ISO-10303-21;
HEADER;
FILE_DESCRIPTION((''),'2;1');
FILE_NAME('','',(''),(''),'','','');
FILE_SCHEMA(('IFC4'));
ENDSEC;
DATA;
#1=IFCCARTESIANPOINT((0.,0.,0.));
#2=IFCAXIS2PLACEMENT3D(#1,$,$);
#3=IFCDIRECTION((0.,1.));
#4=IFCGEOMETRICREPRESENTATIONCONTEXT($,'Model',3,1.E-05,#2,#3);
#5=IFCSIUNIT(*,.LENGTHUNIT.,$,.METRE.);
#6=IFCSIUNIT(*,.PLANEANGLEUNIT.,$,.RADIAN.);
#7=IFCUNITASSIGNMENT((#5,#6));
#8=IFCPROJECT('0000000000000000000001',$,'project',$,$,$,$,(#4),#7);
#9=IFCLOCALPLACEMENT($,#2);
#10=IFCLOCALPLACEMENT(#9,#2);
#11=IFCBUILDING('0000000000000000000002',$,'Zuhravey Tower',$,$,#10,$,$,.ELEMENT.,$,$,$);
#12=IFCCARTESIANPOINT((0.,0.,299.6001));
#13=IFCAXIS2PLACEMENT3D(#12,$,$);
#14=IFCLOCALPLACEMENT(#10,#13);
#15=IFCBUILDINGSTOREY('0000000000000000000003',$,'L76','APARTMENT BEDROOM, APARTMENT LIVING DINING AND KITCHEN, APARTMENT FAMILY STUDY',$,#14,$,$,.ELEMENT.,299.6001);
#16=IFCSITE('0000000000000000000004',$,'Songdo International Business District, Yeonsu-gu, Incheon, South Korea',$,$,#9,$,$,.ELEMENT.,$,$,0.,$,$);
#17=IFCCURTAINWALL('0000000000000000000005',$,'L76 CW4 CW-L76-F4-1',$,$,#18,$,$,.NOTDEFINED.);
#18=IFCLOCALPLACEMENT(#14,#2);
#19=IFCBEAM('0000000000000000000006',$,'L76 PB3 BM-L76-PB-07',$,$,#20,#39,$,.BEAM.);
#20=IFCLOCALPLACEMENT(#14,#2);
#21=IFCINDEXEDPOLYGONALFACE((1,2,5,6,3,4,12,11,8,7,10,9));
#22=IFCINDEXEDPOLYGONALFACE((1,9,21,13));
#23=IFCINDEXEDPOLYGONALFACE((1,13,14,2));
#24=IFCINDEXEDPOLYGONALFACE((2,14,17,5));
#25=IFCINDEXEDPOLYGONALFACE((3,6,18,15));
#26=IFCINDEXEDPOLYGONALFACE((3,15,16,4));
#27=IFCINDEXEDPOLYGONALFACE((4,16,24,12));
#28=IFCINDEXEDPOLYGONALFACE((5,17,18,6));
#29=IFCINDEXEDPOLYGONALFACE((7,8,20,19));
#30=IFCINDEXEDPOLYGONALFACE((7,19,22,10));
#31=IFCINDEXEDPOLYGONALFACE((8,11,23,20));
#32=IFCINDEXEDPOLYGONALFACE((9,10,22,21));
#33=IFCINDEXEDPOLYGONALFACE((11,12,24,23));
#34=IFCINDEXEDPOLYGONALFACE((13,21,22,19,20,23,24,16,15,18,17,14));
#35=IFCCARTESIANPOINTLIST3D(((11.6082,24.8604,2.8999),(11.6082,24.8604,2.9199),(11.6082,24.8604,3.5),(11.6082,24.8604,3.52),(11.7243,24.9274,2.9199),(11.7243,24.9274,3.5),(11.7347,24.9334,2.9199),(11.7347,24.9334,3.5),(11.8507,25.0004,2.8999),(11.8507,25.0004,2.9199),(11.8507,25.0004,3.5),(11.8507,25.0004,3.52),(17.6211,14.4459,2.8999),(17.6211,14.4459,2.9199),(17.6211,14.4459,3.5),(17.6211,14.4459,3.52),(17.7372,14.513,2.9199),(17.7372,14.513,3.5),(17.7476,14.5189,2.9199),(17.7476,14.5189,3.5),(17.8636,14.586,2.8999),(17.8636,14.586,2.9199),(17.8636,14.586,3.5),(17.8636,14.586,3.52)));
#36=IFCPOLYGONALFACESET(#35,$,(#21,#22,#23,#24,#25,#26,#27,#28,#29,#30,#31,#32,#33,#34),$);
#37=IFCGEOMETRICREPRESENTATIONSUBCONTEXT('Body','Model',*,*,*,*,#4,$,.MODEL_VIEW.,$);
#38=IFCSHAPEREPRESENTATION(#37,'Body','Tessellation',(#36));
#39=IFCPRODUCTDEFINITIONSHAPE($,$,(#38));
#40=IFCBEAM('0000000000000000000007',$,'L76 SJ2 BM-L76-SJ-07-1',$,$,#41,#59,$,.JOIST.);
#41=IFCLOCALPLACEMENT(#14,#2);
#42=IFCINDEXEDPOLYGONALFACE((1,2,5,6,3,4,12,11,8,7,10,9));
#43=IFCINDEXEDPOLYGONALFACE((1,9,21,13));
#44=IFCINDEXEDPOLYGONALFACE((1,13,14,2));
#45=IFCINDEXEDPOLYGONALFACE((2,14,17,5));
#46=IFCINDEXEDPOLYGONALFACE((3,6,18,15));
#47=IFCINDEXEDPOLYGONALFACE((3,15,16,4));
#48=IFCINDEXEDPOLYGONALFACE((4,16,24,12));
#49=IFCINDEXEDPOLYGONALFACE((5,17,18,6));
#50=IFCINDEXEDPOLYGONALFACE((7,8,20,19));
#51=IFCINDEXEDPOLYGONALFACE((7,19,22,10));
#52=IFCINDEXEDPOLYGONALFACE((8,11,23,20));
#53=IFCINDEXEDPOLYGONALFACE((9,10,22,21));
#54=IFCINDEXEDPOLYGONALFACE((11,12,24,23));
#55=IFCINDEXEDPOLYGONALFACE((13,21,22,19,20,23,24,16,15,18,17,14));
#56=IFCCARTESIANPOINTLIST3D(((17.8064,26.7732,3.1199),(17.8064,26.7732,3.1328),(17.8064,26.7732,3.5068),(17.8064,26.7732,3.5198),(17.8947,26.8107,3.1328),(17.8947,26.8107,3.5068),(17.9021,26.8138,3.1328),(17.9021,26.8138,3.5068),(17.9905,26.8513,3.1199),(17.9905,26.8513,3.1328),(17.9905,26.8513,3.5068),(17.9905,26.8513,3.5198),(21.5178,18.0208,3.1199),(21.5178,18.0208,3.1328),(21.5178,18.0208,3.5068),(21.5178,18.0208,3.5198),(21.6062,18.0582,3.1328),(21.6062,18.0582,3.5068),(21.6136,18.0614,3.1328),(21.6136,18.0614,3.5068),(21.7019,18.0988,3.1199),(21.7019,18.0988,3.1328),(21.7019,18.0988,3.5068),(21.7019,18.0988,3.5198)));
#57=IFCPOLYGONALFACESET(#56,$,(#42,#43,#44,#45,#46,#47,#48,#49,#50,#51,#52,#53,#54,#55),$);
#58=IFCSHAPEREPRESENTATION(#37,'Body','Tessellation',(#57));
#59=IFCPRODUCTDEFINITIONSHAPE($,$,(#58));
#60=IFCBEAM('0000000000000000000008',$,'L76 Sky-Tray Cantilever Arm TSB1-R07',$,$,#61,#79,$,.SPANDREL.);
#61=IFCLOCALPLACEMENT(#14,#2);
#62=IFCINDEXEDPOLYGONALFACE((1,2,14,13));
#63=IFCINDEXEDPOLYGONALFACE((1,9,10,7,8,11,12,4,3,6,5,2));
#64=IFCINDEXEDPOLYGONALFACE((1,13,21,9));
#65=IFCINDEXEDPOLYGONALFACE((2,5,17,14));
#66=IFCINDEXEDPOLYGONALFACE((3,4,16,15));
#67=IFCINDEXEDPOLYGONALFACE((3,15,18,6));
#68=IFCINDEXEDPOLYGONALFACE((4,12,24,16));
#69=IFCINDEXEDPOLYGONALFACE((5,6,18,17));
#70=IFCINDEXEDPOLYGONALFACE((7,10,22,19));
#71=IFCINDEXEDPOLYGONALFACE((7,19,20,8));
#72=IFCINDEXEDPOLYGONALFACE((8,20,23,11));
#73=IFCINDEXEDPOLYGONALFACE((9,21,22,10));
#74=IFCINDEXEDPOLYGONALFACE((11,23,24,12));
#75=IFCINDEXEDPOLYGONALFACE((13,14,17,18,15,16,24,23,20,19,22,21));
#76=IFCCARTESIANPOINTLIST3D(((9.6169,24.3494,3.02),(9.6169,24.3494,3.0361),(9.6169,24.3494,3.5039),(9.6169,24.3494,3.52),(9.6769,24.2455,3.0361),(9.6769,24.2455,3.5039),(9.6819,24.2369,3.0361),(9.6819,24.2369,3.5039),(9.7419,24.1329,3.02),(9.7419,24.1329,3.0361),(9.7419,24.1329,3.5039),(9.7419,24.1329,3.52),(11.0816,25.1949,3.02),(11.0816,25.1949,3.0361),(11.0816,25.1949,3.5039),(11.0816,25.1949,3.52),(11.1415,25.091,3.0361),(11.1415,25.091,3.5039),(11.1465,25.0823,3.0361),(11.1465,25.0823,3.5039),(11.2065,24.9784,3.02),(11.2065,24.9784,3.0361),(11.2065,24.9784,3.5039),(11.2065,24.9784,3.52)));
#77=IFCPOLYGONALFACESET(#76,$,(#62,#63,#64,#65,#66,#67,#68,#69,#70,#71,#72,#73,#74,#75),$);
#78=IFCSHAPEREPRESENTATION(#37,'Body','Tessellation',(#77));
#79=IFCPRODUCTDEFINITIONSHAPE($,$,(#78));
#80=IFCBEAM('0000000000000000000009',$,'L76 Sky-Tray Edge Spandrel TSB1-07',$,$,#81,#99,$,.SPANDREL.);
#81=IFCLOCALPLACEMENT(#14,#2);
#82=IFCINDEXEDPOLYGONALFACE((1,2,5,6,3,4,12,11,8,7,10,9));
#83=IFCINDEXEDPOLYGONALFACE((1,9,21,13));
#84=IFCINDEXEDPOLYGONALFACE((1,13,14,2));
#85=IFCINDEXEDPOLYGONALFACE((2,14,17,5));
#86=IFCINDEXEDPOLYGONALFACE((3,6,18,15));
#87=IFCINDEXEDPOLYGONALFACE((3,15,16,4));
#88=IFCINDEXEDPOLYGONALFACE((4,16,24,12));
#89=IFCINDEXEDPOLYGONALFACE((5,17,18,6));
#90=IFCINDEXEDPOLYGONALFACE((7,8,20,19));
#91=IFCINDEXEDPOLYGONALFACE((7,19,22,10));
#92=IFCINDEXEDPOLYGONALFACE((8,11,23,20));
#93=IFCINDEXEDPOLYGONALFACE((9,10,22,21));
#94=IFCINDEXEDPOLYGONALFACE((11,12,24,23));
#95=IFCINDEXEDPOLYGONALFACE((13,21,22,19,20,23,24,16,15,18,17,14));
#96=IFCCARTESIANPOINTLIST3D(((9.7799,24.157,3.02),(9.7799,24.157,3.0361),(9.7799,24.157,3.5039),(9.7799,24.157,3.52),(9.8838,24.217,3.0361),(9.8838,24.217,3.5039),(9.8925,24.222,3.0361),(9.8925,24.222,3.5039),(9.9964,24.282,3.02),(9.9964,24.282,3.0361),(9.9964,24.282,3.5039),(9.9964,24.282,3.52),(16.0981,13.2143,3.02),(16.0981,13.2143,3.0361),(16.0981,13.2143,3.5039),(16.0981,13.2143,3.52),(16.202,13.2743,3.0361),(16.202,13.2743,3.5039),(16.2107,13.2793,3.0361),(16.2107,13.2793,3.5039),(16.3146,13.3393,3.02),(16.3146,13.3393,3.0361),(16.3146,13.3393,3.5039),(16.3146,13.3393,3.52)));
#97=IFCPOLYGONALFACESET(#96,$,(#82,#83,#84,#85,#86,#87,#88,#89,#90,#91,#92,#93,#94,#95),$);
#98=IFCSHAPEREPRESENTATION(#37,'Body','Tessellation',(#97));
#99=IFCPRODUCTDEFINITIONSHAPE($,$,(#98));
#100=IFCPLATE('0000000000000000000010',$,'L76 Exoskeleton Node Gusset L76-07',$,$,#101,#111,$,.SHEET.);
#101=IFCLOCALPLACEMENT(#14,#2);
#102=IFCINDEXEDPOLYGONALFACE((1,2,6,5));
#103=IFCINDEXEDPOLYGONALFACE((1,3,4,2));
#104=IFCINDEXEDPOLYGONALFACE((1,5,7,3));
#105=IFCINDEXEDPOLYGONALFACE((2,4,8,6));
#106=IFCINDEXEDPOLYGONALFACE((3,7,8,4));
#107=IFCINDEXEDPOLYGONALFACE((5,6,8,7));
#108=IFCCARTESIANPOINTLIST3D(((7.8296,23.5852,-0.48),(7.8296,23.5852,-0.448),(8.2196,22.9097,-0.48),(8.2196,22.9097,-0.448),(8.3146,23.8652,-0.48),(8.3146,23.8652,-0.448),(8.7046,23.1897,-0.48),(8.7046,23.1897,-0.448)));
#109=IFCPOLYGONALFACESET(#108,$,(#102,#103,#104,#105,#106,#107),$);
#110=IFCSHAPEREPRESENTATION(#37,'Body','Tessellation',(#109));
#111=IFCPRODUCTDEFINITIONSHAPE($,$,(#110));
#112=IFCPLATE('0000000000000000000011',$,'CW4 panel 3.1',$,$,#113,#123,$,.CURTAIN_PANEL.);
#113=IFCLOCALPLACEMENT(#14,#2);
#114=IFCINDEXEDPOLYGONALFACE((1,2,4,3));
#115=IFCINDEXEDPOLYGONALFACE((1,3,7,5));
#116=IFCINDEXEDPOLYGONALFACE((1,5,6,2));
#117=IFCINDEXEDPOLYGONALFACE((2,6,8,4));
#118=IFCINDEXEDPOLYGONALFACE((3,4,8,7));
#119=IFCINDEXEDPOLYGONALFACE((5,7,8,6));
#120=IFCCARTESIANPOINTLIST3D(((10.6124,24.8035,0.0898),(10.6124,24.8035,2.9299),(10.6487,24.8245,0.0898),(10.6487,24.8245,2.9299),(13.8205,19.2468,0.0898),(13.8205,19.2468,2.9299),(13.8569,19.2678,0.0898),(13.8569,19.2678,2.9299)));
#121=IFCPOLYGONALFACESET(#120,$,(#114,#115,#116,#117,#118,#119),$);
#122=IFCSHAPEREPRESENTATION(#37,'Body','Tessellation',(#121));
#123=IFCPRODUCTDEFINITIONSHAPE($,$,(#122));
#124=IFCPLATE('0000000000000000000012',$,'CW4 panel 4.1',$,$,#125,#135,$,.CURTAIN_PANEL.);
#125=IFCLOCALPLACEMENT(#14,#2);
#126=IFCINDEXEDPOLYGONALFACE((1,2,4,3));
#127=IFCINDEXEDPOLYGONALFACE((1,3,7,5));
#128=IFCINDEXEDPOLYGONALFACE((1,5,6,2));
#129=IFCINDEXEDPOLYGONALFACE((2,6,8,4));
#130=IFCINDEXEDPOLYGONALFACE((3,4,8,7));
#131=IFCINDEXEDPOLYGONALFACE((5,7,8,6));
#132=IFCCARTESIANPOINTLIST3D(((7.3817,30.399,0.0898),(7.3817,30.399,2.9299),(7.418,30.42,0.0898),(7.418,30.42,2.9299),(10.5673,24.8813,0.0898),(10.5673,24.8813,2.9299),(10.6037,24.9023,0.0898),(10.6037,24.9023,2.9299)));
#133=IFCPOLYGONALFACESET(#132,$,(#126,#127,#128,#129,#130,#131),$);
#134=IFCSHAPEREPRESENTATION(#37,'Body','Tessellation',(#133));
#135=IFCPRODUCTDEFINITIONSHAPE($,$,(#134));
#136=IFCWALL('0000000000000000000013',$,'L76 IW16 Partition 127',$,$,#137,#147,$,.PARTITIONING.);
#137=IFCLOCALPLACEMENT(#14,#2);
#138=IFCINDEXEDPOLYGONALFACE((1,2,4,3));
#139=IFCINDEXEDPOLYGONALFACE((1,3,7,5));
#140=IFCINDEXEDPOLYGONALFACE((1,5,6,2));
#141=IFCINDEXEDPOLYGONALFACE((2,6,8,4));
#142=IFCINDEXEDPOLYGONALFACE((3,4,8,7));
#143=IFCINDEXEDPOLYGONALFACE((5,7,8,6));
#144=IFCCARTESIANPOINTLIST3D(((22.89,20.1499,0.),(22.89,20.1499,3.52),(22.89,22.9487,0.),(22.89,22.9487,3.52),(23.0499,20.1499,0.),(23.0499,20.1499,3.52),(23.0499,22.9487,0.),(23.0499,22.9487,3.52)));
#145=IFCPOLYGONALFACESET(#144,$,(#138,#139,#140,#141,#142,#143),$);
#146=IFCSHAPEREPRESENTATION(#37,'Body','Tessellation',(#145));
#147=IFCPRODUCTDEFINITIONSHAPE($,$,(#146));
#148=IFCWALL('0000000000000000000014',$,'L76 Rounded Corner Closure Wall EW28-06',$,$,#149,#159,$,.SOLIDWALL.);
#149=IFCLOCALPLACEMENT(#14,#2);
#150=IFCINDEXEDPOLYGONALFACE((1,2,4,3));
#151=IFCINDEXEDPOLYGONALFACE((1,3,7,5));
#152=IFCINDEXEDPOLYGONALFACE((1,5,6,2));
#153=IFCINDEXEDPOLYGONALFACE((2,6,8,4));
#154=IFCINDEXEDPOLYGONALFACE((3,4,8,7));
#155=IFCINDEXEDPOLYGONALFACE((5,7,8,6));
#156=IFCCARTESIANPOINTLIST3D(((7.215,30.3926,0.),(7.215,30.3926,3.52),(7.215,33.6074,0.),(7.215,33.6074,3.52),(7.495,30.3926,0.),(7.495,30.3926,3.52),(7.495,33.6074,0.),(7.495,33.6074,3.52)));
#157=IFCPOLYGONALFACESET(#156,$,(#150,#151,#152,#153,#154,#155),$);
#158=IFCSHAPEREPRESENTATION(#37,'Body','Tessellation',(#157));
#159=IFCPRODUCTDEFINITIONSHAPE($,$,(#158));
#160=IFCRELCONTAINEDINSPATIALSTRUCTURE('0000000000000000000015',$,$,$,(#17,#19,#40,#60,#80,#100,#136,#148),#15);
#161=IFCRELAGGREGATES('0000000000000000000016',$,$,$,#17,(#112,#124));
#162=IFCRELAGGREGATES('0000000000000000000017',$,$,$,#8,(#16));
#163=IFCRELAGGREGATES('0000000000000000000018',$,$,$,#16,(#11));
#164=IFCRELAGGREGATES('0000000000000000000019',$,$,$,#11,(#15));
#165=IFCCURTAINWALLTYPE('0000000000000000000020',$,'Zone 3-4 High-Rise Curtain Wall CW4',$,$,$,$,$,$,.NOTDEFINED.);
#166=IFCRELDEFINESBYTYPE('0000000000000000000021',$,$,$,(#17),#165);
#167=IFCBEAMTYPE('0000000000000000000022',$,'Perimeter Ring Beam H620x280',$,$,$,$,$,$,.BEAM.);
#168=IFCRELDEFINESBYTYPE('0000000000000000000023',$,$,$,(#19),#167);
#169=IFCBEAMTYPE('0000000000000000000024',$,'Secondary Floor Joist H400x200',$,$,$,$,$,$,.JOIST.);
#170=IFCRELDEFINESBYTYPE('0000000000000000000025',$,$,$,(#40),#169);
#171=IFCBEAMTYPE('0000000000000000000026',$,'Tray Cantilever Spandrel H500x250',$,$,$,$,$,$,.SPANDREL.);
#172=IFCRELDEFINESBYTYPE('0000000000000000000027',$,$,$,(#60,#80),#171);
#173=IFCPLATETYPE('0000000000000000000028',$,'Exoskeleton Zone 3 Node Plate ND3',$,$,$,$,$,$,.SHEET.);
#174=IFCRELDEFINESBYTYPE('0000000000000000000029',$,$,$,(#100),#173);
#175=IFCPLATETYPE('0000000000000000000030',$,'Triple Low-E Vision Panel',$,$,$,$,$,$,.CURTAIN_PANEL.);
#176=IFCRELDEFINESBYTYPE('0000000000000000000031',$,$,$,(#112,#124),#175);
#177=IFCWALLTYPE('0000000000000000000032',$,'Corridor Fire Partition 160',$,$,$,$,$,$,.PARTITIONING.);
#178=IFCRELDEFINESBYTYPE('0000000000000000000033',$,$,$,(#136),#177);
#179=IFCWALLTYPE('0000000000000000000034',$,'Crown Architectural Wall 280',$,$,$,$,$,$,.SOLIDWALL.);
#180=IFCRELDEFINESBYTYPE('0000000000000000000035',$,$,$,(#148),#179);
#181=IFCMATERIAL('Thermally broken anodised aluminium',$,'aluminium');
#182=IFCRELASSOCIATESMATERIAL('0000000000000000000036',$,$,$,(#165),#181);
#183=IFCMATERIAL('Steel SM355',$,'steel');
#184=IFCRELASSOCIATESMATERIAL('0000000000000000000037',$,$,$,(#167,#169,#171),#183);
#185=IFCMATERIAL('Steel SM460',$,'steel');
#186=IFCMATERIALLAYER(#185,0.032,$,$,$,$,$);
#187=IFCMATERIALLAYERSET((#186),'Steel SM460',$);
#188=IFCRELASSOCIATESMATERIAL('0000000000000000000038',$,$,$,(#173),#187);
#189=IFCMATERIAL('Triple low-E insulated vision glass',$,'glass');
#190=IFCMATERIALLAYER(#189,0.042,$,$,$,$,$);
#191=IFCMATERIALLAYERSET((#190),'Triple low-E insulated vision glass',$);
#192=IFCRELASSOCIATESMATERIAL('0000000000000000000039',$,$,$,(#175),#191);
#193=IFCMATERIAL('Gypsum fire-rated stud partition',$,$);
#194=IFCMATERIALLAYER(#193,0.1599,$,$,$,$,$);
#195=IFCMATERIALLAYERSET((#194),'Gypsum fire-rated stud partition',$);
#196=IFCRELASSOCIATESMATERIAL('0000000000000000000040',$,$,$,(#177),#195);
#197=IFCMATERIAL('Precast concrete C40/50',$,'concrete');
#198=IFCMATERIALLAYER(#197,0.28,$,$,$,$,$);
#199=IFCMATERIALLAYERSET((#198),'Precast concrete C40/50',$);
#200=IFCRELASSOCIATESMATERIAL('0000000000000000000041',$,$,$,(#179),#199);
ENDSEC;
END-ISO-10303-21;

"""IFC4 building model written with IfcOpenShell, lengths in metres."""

from ifc_helpers import new_model, si_unit, direction, frame, frame_2d, origin, origin_2d, place, context, subcontext, project, spatial, rectangle, i_section, extrude, material, layer, layer_set, material_profile, profile_set, type_object, element, aggregate, save


model = new_model("IFC4")

# Units and contexts
model_context = context("Model", 3, precision=1e-05, world=origin(), true_north=direction((0.0, 1.0)))
body_context = subcontext(model_context, "Body", "Model", "MODEL_VIEW")
ifc_project = project(units=[si_unit("LENGTHUNIT", "METRE"), si_unit("PLANEANGLEUNIT", "RADIAN")], contexts=[model_context])

# Site, building, storey
site_placement = place(None, origin())
site = spatial("IfcSite", under=ifc_project, at=site_placement, Name="Songdo International Business District, Yeonsu-gu, Incheon, South Korea", CompositionType="ELEMENT", RefElevation=0.0)
building_placement = place(site_placement, origin())
building = spatial("IfcBuilding", under=site, at=building_placement, Name="Zuhravey Tower", CompositionType="ELEMENT")
storey_placement = place(building_placement, frame((0.0, 0.0, 299.6001)))
storey = spatial("IfcBuildingStorey", under=building, at=storey_placement, Name="L76", Description="APARTMENT BEDROOM, APARTMENT LIVING DINING AND KITCHEN, APARTMENT FAMILY STUDY", CompositionType="ELEMENT", Elevation=299.6001)

# Curtain wall
ifc_material_1 = material(Name="Thermally broken anodised aluminium", Category="aluminium")
curtain_wall_type = type_object("IfcCurtainWallType", Name="Zone 3-4 High-Rise Curtain Wall CW4", PredefinedType="NOTDEFINED", material=ifc_material_1)
curtain_wall_placement = place(storey_placement, origin())
curtain_wall = element("IfcCurtainWall", 1, at=curtain_wall_placement, inside=storey, type_object=curtain_wall_type, Name="L76 CW4 CW-L76-F4-1", PredefinedType="NOTDEFINED")

# Shared definitions
ifc_material_2 = material(Name="Steel SM460", Category="steel")

# Shared definitions
ifc_material_3 = material(Name="Steel SM355", Category="steel")

# Beams
ifc_material_profile_1 = material_profile(ifc_material_3, i_section(OverallWidth=0.28, OverallDepth=0.6201, WebThickness=0.012, FlangeThickness=0.02, at=origin_2d()), Name="H-620x280x12x20")
ifc_profile_set_1 = profile_set([ifc_material_profile_1], Name="Steel SM355")
beam_type_1 = type_object("IfcBeamType", Name="Perimeter Ring Beam H620x280", PredefinedType="BEAM", material=ifc_profile_set_1)
beam_1_placement = place(storey_placement, frame((11.7295, 24.9304, 3.21), z_axis=(0.500006, -0.866022, 0.0), x_axis=(0.866022, 0.500006, 0.0)))
element("IfcBeam", 2, at=beam_1_placement, inside=storey, type_object=beam_type_1, Name="L76 PB3 BM-L76-PB-07", PredefinedType="BEAM", context=body_context, shape_type="SweptSolid", body=[
    extrude(i_section(OverallWidth=0.28, OverallDepth=0.6201, WebThickness=0.012, FlangeThickness=0.02, at=origin_2d()), origin(), (0.0, 0.0, 1.0), 12.0256),
])
ifc_material_profile_2 = material_profile(ifc_material_3, i_section(OverallWidth=0.2, OverallDepth=0.3999, WebThickness=0.0081, FlangeThickness=0.0129, at=origin_2d()), Name="H-400x200x8x13")
ifc_profile_set_2 = profile_set([ifc_material_profile_2], Name="Steel SM355")
beam_type_2 = type_object("IfcBeamType", Name="Secondary Floor Joist H400x200", PredefinedType="JOIST", material=ifc_profile_set_2)
beam_2_placement = place(storey_placement, frame((17.8984, 26.8123, 3.3198), z_axis=(0.390396, -0.920647, 0.0), x_axis=(0.920647, 0.390396, 0.0)))
element("IfcBeam", 3, at=beam_2_placement, inside=storey, type_object=beam_type_2, Name="L76 SJ2 BM-L76-SJ-07-1", PredefinedType="JOIST", context=body_context, shape_type="SweptSolid", body=[
    extrude(i_section(OverallWidth=0.2, OverallDepth=0.3999, WebThickness=0.0081, FlangeThickness=0.0129, at=origin_2d()), origin(), (0.0, 0.0, 1.0), 9.5068),
])
ifc_material_profile_3 = material_profile(ifc_material_3, i_section(OverallWidth=0.25, OverallDepth=0.5, WebThickness=0.01, FlangeThickness=0.0161, at=origin_2d()), Name="H-500x250x10x16")
ifc_profile_set_3 = profile_set([ifc_material_profile_3], Name="Steel SM355")
beam_type_3 = type_object("IfcBeamType", Name="Tray Cantilever Spandrel H500x250", PredefinedType="SPANDREL", material=ifc_profile_set_3)
beam_3_placement = place(storey_placement, frame((11.144, 25.0867, 3.27), z_axis=(-0.866058, -0.499943, 0.0), x_axis=(0.499943, -0.866058, 0.0)))
element("IfcBeam", 4, at=beam_3_placement, inside=storey, type_object=beam_type_3, Name="L76 Sky-Tray Cantilever Arm TSB1-R07", PredefinedType="SPANDREL", context=body_context, shape_type="SweptSolid", body=[
    extrude(i_section(OverallWidth=0.25, OverallDepth=0.5, WebThickness=0.01, FlangeThickness=0.0161, at=origin_2d()), origin(), (0.0, 0.0, 1.0), 1.6912),
])
beam_4_placement = place(storey_placement, frame((9.8882, 24.2195, 3.27), z_axis=(0.500023, -0.866012, 0.0), x_axis=(0.866012, 0.500023, 0.0)))
element("IfcBeam", 5, at=beam_4_placement, inside=storey, type_object=beam_type_3, Name="L76 Sky-Tray Edge Spandrel TSB1-07", PredefinedType="SPANDREL", context=body_context, shape_type="SweptSolid", body=[
    extrude(i_section(OverallWidth=0.25, OverallDepth=0.5, WebThickness=0.01, FlangeThickness=0.0161, at=origin_2d()), origin(), (0.0, 0.0, 1.0), 12.6357),
])

# Plates
ifc_layer_1 = layer(ifc_material_2, 0.032)
ifc_layer_set_1 = layer_set([ifc_layer_1], Name="Steel SM460")
plate_type_1 = type_object("IfcPlateType", Name="Exoskeleton Zone 3 Node Plate ND3", PredefinedType="SHEET", material=ifc_layer_set_1)
plate_1_placement = place(storey_placement, frame((8.2671, 23.3875, -0.48), z_axis=(0.0, 0.0, 1.0), x_axis=(0.5, -0.866025, 0.0)))
element("IfcPlate", 6, at=plate_1_placement, inside=storey, type_object=plate_type_1, Name="L76 Exoskeleton Node Gusset L76-07", PredefinedType="SHEET", context=body_context, shape_type="SweptSolid", body=[
    extrude(rectangle(XDim=0.78, YDim=0.5601, at=origin_2d()), origin(), (0.0, 0.0, 1.0), 0.032),
])
ifc_material_4 = material(Name="Triple low-E insulated vision glass", Category="glass")
ifc_layer_2 = layer(ifc_material_4, 0.042)
ifc_layer_set_2 = layer_set([ifc_layer_2], Name="Triple low-E insulated vision glass")
plate_type_2 = type_object("IfcPlateType", Name="Triple Low-E Vision Panel", PredefinedType="CURTAIN_PANEL", material=ifc_layer_set_2)
plate_2_placement = place(storey_placement, frame((12.2346, 22.0356, 0.0898), z_axis=(0.0, 0.0, 1.0), x_axis=(-0.500001, 0.866025, 0.0)))
plate_2 = element("IfcPlate", 7, at=plate_2_placement, type_object=plate_type_2, Name="CW4 panel 3.1", PredefinedType="CURTAIN_PANEL", context=body_context, shape_type="SweptSolid", body=[
    extrude(rectangle(XDim=6.4163, YDim=0.042, at=origin_2d()), origin(), (0.0, 0.0, 1.0), 2.8401),
])
plate_3_placement = place(storey_placement, frame((8.9927, 27.6506, 0.0898), z_axis=(0.0, 0.0, 1.0), x_axis=(-0.500001, 0.866025, 0.0)))
plate_3 = element("IfcPlate", 8, at=plate_3_placement, type_object=plate_type_2, Name="CW4 panel 4.1", PredefinedType="CURTAIN_PANEL", context=body_context, shape_type="SweptSolid", body=[
    extrude(rectangle(XDim=6.3713, YDim=0.042, at=origin_2d()), origin(), (0.0, 0.0, 1.0), 2.8401),
])
aggregate(curtain_wall, [plate_2, plate_3])

# Walls
ifc_material_5 = material(Name="Gypsum fire-rated stud partition")
ifc_layer_3 = layer(ifc_material_5, 0.1599)
ifc_layer_set_3 = layer_set([ifc_layer_3], Name="Gypsum fire-rated stud partition")
wall_type_1 = type_object("IfcWallType", Name="Corridor Fire Partition 160", PredefinedType="PARTITIONING", material=ifc_layer_set_3)
wall_1_placement = place(storey_placement, frame((22.97, 22.9487, 0.0), z_axis=(0.0, 0.0, 1.0), x_axis=(0.0, -1.0, 0.0)))
element("IfcWall", 9, at=wall_1_placement, inside=storey, type_object=wall_type_1, Name="L76 IW16 Partition 127", PredefinedType="PARTITIONING", context=body_context, shape_type="SweptSolid", body=[
    extrude(rectangle(XDim=2.7988, YDim=0.1599, at=frame_2d((1.3994, 0.0))), origin(), (0.0, 0.0, 1.0), 3.52),
])
ifc_material_6 = material(Name="Precast concrete C40/50", Category="concrete")
ifc_layer_4 = layer(ifc_material_6, 0.28)
ifc_layer_set_4 = layer_set([ifc_layer_4], Name="Precast concrete C40/50")
wall_type_2 = type_object("IfcWallType", Name="Crown Architectural Wall 280", PredefinedType="SOLIDWALL", material=ifc_layer_set_4)
wall_2_placement = place(storey_placement, frame((7.355, 30.3926, 0.0), z_axis=(0.0, 0.0, 1.0), x_axis=(0.0, 1.0, 0.0)))
element("IfcWall", 10, at=wall_2_placement, inside=storey, type_object=wall_type_2, Name="L76 Rounded Corner Closure Wall EW28-06", PredefinedType="SOLIDWALL", context=body_context, shape_type="SweptSolid", body=[
    extrude(rectangle(XDim=3.2148, YDim=0.28, at=frame_2d((1.6074, 0.0))), origin(), (0.0, 0.0, 1.0), 3.52),
])

save(model, "model.ifc")
